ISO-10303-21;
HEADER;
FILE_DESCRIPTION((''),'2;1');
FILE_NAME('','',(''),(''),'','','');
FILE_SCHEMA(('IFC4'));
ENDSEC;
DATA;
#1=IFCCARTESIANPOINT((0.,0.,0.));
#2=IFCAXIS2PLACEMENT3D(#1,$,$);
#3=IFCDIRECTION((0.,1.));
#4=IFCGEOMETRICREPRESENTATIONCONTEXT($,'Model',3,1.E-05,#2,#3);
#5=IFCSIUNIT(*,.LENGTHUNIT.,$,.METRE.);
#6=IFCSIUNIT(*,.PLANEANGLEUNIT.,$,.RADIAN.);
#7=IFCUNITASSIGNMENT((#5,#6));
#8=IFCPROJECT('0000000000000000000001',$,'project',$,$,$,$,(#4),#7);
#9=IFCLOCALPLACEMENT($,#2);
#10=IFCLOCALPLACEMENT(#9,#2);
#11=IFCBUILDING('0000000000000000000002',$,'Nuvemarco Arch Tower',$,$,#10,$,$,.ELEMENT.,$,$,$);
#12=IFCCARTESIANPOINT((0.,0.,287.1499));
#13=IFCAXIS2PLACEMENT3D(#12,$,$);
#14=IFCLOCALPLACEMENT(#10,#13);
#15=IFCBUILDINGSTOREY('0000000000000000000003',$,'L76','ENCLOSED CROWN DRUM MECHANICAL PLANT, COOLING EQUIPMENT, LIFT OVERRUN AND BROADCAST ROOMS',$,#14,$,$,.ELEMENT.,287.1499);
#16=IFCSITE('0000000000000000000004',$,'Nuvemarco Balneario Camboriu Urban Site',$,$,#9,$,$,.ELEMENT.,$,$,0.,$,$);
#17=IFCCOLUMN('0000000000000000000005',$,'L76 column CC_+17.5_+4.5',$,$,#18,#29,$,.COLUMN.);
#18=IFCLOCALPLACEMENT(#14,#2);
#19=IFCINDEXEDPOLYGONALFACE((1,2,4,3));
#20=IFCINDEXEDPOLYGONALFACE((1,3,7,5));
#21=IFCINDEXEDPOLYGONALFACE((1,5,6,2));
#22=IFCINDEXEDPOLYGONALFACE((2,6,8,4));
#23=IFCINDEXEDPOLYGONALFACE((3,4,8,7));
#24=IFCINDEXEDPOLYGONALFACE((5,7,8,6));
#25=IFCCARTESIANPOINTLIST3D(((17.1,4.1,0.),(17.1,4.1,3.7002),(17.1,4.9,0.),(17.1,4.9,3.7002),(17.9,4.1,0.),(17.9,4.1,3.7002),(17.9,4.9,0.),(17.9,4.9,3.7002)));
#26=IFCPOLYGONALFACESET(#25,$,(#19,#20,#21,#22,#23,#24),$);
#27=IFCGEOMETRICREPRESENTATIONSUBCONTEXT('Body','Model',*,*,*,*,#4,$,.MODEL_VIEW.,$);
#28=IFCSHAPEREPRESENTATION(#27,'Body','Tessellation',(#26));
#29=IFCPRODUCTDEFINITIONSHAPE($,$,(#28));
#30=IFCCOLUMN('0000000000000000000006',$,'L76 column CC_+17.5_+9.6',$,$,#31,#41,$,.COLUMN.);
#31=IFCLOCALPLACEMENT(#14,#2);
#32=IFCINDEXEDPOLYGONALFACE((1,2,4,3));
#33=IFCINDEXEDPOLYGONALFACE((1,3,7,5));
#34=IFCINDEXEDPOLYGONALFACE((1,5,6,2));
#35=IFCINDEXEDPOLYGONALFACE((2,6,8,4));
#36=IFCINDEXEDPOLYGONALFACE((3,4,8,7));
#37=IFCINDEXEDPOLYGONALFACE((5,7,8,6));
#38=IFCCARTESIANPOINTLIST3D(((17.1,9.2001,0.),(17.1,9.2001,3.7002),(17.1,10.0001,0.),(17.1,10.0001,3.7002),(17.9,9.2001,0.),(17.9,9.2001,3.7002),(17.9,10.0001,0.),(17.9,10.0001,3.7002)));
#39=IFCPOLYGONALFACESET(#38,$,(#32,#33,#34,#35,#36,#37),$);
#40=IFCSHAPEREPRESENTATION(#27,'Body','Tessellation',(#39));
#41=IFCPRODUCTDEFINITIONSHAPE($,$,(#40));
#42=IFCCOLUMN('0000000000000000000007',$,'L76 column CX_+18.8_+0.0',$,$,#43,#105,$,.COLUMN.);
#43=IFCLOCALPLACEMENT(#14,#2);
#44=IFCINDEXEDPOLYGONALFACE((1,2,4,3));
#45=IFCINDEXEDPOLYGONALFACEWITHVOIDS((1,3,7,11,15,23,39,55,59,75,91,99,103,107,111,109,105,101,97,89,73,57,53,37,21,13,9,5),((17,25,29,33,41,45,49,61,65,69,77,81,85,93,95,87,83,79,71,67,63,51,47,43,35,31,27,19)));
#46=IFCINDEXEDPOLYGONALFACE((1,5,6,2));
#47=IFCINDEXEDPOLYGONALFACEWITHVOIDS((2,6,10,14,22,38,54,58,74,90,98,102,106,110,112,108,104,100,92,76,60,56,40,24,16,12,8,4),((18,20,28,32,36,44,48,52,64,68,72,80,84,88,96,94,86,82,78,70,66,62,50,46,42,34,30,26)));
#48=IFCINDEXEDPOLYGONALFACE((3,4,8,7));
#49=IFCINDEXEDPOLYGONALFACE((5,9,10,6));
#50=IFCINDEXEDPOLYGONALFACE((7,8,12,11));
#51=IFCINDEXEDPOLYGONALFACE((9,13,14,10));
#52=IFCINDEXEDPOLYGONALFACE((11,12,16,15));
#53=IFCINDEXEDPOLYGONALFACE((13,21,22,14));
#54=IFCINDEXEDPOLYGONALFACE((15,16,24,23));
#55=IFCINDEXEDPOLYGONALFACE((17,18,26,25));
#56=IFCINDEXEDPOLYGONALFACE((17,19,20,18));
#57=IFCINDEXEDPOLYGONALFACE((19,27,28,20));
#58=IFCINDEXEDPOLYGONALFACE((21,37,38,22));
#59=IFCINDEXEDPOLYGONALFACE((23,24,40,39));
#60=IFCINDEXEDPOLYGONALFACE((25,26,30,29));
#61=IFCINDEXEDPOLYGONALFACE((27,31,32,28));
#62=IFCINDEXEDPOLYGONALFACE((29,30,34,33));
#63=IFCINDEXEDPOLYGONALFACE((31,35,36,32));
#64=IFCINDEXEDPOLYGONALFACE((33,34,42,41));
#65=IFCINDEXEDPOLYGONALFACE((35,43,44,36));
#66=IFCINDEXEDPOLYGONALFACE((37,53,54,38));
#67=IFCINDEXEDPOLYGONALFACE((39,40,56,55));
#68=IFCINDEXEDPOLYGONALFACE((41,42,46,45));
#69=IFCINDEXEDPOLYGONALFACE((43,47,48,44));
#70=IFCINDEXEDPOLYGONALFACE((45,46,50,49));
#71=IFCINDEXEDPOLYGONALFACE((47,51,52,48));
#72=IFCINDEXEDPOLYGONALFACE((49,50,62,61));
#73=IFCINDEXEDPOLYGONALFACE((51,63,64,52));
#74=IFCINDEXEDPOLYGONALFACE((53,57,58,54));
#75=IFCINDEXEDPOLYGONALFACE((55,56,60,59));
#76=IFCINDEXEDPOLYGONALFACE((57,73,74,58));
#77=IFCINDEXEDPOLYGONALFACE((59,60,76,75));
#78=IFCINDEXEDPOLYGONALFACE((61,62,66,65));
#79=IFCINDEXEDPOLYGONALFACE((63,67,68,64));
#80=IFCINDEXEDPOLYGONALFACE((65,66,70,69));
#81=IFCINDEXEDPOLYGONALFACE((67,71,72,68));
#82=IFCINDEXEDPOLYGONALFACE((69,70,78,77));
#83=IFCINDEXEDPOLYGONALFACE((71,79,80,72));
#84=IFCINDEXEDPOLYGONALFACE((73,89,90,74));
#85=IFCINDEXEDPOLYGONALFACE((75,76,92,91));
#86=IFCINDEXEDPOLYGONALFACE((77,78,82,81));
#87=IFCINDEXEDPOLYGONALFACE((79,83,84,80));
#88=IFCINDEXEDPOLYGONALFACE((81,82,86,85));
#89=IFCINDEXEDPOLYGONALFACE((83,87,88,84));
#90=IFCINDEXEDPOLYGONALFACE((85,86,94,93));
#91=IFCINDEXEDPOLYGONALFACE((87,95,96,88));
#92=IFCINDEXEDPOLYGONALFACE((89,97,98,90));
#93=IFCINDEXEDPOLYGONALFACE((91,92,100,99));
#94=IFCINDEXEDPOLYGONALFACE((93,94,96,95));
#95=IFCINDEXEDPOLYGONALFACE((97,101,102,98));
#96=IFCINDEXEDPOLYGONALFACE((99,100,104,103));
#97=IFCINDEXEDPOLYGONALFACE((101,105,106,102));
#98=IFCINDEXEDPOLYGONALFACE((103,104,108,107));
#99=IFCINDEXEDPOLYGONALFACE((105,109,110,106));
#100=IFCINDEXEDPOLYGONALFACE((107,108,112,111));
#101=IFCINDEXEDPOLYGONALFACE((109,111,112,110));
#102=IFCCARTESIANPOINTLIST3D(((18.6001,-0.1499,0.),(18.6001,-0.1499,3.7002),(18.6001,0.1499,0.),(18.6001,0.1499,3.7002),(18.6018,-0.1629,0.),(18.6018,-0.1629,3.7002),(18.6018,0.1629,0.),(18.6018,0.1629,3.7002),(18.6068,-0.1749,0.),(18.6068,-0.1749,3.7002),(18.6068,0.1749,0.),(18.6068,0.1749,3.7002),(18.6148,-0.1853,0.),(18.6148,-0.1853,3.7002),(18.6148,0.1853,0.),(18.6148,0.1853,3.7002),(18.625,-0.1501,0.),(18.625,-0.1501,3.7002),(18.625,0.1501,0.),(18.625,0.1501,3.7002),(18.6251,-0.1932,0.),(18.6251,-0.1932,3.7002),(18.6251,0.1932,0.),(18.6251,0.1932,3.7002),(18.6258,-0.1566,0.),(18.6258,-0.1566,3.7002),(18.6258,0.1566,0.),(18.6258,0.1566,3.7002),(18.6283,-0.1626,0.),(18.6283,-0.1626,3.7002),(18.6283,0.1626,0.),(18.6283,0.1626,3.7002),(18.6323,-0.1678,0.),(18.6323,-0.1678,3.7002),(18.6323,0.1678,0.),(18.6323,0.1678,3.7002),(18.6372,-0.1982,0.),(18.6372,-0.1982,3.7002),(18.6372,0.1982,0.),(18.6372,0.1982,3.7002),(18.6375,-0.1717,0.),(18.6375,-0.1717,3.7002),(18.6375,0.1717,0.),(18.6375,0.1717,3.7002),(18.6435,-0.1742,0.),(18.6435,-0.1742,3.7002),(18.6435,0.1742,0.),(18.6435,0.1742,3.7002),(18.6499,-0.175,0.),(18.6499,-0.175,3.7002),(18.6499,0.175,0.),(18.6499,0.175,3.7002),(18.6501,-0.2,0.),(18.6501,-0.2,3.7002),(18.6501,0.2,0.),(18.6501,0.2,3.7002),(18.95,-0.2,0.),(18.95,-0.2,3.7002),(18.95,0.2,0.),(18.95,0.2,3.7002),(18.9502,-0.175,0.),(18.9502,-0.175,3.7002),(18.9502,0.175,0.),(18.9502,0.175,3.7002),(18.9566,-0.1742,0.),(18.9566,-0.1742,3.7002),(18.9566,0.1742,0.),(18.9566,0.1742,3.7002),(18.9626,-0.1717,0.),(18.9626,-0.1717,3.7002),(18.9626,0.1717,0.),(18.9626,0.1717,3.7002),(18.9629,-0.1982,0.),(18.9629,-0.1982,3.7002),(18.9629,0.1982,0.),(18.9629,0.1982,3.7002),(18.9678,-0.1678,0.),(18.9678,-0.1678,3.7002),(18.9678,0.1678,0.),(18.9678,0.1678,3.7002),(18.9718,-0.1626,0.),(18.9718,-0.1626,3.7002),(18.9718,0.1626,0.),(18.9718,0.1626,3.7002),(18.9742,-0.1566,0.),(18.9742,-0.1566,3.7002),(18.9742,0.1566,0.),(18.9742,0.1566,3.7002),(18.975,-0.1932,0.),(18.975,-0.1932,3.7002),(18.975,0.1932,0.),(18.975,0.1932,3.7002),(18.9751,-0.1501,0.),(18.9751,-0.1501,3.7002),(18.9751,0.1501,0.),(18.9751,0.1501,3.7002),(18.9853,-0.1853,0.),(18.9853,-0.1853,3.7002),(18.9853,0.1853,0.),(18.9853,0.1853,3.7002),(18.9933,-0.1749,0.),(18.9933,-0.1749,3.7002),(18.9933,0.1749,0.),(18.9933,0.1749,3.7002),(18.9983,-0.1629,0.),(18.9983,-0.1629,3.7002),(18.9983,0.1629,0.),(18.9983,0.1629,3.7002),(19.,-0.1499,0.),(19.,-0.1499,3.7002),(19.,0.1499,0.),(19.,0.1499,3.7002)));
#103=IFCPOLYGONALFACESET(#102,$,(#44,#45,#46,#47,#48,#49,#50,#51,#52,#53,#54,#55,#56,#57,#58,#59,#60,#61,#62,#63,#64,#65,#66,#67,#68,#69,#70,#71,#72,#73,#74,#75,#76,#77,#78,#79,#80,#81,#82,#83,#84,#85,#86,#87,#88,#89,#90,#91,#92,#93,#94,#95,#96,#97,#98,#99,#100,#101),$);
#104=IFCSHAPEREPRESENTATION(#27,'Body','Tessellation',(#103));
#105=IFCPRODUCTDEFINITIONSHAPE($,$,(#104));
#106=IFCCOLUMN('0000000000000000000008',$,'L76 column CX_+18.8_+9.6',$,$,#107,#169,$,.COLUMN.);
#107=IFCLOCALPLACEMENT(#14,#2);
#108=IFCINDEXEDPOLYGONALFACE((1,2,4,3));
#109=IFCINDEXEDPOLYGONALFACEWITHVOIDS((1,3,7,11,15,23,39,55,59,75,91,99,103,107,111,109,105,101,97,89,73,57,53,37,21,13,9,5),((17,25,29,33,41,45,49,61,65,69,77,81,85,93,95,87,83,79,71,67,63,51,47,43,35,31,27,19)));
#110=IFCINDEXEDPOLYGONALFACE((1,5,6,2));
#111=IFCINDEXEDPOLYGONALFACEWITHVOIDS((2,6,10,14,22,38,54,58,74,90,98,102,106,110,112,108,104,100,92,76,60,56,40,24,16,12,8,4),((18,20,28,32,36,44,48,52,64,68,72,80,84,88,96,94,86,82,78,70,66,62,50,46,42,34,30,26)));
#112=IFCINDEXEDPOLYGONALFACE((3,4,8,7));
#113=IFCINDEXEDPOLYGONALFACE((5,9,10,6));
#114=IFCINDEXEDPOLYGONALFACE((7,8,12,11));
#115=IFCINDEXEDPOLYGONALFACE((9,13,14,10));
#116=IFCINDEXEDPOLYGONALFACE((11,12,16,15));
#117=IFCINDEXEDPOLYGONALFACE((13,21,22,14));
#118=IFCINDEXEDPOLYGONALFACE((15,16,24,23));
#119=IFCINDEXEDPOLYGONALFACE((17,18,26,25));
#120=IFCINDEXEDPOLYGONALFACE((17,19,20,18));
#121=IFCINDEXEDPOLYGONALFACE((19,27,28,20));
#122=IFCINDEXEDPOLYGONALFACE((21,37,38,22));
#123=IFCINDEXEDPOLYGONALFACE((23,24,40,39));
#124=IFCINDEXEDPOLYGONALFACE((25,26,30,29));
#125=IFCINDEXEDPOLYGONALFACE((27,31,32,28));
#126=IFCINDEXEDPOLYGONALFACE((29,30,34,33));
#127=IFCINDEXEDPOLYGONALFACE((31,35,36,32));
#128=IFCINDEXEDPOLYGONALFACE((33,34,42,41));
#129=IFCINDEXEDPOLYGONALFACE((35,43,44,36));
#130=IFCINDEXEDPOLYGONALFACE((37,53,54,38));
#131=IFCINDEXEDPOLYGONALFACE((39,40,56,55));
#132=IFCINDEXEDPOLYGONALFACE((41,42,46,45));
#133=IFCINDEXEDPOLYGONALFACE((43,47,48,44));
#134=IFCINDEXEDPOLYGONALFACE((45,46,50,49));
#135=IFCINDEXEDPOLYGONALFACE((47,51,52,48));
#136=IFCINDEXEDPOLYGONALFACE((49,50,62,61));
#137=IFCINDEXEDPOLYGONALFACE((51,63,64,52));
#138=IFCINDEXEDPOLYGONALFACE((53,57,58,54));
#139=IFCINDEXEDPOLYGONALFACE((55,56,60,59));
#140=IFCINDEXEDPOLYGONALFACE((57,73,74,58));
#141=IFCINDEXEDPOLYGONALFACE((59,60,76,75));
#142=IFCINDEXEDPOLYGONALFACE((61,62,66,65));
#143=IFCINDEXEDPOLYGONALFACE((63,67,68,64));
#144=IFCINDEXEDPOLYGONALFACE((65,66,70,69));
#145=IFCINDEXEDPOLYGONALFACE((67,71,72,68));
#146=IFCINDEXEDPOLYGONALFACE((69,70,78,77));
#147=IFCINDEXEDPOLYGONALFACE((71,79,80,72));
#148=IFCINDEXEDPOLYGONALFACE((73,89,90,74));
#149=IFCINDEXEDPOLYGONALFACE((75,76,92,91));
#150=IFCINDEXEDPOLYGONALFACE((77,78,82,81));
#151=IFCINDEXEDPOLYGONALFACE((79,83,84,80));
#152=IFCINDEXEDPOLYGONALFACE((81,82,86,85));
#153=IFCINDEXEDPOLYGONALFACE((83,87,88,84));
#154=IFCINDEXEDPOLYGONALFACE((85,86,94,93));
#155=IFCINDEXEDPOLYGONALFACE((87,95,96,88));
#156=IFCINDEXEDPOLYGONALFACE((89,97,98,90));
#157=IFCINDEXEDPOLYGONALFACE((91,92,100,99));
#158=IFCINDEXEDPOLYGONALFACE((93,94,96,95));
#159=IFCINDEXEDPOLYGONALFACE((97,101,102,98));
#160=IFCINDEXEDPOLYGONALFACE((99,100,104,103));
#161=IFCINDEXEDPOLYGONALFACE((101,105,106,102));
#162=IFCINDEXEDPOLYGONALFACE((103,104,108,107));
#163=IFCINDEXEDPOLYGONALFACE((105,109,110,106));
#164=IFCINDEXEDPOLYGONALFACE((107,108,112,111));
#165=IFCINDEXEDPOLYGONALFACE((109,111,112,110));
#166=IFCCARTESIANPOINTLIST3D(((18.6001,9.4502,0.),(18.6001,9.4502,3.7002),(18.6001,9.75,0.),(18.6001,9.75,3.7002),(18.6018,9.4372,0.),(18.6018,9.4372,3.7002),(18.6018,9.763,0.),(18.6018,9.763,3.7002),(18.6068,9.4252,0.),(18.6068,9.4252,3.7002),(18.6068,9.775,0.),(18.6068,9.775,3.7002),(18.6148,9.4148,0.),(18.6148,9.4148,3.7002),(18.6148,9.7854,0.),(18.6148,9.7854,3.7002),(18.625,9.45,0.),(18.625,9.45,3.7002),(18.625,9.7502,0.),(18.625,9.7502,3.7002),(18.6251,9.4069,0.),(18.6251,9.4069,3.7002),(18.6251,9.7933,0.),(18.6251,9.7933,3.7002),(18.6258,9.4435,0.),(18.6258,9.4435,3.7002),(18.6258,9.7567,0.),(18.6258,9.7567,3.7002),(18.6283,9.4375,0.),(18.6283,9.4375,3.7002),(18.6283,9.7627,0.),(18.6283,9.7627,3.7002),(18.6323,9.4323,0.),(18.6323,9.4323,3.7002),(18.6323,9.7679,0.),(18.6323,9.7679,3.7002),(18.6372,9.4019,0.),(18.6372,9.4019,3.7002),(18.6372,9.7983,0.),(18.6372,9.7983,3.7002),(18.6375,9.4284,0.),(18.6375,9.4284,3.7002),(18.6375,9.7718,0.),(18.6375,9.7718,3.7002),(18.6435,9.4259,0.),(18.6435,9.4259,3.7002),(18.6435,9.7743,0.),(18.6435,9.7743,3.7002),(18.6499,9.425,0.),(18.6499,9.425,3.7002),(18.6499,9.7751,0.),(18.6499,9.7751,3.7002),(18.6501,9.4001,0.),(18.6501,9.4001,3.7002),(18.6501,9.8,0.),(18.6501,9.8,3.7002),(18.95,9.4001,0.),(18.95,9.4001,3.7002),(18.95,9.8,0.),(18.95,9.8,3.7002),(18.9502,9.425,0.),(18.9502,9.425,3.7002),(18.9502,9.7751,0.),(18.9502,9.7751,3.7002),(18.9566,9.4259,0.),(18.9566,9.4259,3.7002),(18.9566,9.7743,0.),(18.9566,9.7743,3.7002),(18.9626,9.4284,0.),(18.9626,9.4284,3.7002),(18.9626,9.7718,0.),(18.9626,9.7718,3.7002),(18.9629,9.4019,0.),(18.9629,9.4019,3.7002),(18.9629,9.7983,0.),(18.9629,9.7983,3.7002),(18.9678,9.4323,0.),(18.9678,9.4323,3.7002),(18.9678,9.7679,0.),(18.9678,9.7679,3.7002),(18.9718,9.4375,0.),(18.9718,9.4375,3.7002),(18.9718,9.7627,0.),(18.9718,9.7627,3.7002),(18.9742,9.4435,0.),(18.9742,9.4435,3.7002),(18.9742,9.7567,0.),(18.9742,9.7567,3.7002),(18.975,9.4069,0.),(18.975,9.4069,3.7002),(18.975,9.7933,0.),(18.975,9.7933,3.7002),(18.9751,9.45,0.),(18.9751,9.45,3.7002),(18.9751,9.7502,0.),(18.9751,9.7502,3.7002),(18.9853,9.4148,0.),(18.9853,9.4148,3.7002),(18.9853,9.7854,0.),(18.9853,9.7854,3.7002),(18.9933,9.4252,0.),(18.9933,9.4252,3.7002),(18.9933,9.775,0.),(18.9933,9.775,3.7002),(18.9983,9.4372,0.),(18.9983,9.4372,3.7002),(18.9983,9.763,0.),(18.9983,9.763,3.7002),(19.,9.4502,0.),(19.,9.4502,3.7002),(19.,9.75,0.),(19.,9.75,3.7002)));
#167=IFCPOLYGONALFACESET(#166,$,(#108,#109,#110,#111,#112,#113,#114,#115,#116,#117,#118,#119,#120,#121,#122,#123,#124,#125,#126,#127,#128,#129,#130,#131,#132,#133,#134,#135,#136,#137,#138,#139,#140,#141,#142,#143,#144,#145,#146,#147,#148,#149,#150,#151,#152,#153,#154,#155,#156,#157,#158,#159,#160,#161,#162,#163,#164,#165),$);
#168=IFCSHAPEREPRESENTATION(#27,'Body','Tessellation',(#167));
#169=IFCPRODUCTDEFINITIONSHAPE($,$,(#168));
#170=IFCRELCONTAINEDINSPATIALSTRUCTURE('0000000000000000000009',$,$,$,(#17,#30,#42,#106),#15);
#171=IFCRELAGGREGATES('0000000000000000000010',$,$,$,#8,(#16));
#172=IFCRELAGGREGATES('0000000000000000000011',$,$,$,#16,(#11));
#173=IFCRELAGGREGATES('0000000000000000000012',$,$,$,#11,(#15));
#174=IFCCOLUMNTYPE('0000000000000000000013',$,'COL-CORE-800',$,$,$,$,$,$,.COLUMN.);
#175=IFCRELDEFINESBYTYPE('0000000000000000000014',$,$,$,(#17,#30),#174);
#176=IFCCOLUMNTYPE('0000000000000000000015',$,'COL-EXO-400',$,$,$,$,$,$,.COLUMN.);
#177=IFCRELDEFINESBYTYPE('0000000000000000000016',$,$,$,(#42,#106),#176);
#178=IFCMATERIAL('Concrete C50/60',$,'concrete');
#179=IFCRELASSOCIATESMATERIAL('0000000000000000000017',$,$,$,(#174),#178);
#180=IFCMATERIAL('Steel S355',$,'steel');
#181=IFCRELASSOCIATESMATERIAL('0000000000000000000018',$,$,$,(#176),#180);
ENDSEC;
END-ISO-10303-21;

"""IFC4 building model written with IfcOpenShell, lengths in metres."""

from ifc_helpers import new_model, si_unit, direction, frame, origin, origin_2d, place, context, subcontext, project, spatial, rectangle, hollow_rectangle, extrude, material, material_profile, profile_set, type_object, element, save


model = new_model("IFC4")

# Units and contexts
model_context = context("Model", 3, precision=1e-05, world=origin(), true_north=direction((0.0, 1.0)))
body_context = subcontext(model_context, "Body", "Model", "MODEL_VIEW")
ifc_project = project(units=[si_unit("LENGTHUNIT", "METRE"), si_unit("PLANEANGLEUNIT", "RADIAN")], contexts=[model_context])

# Site, building, storey
site_placement = place(None, origin())
site = spatial("IfcSite", under=ifc_project, at=site_placement, Name="Nuvemarco Balneario Camboriu Urban Site", CompositionType="ELEMENT", RefElevation=0.0)
building_placement = place(site_placement, origin())
building = spatial("IfcBuilding", under=site, at=building_placement, Name="Nuvemarco Arch Tower", CompositionType="ELEMENT")
storey_placement = place(building_placement, frame((0.0, 0.0, 287.1499)))
storey = spatial("IfcBuildingStorey", under=building, at=storey_placement, Name="L76", Description="ENCLOSED CROWN DRUM MECHANICAL PLANT, COOLING EQUIPMENT, LIFT OVERRUN AND BROADCAST ROOMS", CompositionType="ELEMENT", Elevation=287.1499)

# Columns
ifc_material_1 = material(Name="Concrete C50/60", Category="concrete")
ifc_material_profile_1 = material_profile(ifc_material_1, rectangle(XDim=0.8, YDim=0.8, at=origin_2d()), Name="RC-COL-800x800")
ifc_profile_set_1 = profile_set([ifc_material_profile_1], Name="Concrete C50/60")
column_type_1 = type_object("IfcColumnType", Name="COL-CORE-800", PredefinedType="COLUMN", material=ifc_profile_set_1)
for number, where, z_axis, x_axis, name in (
    (1, (17.5, 4.5, 0.0), (0.0, 0.0, 1.0), (1.0, 0.0, 0.0), "L76 column CC_+17.5_+4.5"),
    (2, (17.5, 9.6001, 0.0), (0.0, 0.0, 1.0), (1.0, 0.0, 0.0), "L76 column CC_+17.5_+9.6"),
):
    element("IfcColumn", number, at=place(storey_placement, frame(where, z_axis=z_axis, x_axis=x_axis)), inside=storey, type_object=column_type_1, Name=name, PredefinedType="COLUMN", context=body_context, shape_type="SweptSolid", body=[
        extrude(rectangle(XDim=0.8, YDim=0.8, at=origin_2d()), origin(), (0.0, 0.0, 1.0), 3.7002),
    ])
ifc_material_2 = material(Name="Steel S355", Category="steel")
ifc_material_profile_2 = material_profile(ifc_material_2, hollow_rectangle(XDim=0.3999, YDim=0.3999, WallThickness=0.0249, InnerFilletRadius=0.0249, OuterFilletRadius=0.05, at=origin_2d()), Name="SHS400x400x25")
ifc_profile_set_2 = profile_set([ifc_material_profile_2], Name="Steel S355")
column_type_2 = type_object("IfcColumnType", Name="COL-EXO-400", PredefinedType="COLUMN", material=ifc_profile_set_2)
for number, where, z_axis, x_axis, name in (
    (3, (18.8, 0.0, 0.0), (0.0, 0.0, 1.0), (1.0, 0.0, 0.0), "L76 column CX_+18.8_+0.0"),
    (4, (18.8, 9.6001, 0.0), (0.0, 0.0, 1.0), (1.0, 0.0, 0.0), "L76 column CX_+18.8_+9.6"),
):
    element("IfcColumn", number, at=place(storey_placement, frame(where, z_axis=z_axis, x_axis=x_axis)), inside=storey, type_object=column_type_2, Name=name, PredefinedType="COLUMN", context=body_context, shape_type="SweptSolid", body=[
        extrude(hollow_rectangle(XDim=0.3999, YDim=0.3999, WallThickness=0.0249, InnerFilletRadius=0.0249, OuterFilletRadius=0.05, at=origin_2d()), origin(), (0.0, 0.0, 1.0), 3.7002),
    ])

save(model, "model.ifc")
